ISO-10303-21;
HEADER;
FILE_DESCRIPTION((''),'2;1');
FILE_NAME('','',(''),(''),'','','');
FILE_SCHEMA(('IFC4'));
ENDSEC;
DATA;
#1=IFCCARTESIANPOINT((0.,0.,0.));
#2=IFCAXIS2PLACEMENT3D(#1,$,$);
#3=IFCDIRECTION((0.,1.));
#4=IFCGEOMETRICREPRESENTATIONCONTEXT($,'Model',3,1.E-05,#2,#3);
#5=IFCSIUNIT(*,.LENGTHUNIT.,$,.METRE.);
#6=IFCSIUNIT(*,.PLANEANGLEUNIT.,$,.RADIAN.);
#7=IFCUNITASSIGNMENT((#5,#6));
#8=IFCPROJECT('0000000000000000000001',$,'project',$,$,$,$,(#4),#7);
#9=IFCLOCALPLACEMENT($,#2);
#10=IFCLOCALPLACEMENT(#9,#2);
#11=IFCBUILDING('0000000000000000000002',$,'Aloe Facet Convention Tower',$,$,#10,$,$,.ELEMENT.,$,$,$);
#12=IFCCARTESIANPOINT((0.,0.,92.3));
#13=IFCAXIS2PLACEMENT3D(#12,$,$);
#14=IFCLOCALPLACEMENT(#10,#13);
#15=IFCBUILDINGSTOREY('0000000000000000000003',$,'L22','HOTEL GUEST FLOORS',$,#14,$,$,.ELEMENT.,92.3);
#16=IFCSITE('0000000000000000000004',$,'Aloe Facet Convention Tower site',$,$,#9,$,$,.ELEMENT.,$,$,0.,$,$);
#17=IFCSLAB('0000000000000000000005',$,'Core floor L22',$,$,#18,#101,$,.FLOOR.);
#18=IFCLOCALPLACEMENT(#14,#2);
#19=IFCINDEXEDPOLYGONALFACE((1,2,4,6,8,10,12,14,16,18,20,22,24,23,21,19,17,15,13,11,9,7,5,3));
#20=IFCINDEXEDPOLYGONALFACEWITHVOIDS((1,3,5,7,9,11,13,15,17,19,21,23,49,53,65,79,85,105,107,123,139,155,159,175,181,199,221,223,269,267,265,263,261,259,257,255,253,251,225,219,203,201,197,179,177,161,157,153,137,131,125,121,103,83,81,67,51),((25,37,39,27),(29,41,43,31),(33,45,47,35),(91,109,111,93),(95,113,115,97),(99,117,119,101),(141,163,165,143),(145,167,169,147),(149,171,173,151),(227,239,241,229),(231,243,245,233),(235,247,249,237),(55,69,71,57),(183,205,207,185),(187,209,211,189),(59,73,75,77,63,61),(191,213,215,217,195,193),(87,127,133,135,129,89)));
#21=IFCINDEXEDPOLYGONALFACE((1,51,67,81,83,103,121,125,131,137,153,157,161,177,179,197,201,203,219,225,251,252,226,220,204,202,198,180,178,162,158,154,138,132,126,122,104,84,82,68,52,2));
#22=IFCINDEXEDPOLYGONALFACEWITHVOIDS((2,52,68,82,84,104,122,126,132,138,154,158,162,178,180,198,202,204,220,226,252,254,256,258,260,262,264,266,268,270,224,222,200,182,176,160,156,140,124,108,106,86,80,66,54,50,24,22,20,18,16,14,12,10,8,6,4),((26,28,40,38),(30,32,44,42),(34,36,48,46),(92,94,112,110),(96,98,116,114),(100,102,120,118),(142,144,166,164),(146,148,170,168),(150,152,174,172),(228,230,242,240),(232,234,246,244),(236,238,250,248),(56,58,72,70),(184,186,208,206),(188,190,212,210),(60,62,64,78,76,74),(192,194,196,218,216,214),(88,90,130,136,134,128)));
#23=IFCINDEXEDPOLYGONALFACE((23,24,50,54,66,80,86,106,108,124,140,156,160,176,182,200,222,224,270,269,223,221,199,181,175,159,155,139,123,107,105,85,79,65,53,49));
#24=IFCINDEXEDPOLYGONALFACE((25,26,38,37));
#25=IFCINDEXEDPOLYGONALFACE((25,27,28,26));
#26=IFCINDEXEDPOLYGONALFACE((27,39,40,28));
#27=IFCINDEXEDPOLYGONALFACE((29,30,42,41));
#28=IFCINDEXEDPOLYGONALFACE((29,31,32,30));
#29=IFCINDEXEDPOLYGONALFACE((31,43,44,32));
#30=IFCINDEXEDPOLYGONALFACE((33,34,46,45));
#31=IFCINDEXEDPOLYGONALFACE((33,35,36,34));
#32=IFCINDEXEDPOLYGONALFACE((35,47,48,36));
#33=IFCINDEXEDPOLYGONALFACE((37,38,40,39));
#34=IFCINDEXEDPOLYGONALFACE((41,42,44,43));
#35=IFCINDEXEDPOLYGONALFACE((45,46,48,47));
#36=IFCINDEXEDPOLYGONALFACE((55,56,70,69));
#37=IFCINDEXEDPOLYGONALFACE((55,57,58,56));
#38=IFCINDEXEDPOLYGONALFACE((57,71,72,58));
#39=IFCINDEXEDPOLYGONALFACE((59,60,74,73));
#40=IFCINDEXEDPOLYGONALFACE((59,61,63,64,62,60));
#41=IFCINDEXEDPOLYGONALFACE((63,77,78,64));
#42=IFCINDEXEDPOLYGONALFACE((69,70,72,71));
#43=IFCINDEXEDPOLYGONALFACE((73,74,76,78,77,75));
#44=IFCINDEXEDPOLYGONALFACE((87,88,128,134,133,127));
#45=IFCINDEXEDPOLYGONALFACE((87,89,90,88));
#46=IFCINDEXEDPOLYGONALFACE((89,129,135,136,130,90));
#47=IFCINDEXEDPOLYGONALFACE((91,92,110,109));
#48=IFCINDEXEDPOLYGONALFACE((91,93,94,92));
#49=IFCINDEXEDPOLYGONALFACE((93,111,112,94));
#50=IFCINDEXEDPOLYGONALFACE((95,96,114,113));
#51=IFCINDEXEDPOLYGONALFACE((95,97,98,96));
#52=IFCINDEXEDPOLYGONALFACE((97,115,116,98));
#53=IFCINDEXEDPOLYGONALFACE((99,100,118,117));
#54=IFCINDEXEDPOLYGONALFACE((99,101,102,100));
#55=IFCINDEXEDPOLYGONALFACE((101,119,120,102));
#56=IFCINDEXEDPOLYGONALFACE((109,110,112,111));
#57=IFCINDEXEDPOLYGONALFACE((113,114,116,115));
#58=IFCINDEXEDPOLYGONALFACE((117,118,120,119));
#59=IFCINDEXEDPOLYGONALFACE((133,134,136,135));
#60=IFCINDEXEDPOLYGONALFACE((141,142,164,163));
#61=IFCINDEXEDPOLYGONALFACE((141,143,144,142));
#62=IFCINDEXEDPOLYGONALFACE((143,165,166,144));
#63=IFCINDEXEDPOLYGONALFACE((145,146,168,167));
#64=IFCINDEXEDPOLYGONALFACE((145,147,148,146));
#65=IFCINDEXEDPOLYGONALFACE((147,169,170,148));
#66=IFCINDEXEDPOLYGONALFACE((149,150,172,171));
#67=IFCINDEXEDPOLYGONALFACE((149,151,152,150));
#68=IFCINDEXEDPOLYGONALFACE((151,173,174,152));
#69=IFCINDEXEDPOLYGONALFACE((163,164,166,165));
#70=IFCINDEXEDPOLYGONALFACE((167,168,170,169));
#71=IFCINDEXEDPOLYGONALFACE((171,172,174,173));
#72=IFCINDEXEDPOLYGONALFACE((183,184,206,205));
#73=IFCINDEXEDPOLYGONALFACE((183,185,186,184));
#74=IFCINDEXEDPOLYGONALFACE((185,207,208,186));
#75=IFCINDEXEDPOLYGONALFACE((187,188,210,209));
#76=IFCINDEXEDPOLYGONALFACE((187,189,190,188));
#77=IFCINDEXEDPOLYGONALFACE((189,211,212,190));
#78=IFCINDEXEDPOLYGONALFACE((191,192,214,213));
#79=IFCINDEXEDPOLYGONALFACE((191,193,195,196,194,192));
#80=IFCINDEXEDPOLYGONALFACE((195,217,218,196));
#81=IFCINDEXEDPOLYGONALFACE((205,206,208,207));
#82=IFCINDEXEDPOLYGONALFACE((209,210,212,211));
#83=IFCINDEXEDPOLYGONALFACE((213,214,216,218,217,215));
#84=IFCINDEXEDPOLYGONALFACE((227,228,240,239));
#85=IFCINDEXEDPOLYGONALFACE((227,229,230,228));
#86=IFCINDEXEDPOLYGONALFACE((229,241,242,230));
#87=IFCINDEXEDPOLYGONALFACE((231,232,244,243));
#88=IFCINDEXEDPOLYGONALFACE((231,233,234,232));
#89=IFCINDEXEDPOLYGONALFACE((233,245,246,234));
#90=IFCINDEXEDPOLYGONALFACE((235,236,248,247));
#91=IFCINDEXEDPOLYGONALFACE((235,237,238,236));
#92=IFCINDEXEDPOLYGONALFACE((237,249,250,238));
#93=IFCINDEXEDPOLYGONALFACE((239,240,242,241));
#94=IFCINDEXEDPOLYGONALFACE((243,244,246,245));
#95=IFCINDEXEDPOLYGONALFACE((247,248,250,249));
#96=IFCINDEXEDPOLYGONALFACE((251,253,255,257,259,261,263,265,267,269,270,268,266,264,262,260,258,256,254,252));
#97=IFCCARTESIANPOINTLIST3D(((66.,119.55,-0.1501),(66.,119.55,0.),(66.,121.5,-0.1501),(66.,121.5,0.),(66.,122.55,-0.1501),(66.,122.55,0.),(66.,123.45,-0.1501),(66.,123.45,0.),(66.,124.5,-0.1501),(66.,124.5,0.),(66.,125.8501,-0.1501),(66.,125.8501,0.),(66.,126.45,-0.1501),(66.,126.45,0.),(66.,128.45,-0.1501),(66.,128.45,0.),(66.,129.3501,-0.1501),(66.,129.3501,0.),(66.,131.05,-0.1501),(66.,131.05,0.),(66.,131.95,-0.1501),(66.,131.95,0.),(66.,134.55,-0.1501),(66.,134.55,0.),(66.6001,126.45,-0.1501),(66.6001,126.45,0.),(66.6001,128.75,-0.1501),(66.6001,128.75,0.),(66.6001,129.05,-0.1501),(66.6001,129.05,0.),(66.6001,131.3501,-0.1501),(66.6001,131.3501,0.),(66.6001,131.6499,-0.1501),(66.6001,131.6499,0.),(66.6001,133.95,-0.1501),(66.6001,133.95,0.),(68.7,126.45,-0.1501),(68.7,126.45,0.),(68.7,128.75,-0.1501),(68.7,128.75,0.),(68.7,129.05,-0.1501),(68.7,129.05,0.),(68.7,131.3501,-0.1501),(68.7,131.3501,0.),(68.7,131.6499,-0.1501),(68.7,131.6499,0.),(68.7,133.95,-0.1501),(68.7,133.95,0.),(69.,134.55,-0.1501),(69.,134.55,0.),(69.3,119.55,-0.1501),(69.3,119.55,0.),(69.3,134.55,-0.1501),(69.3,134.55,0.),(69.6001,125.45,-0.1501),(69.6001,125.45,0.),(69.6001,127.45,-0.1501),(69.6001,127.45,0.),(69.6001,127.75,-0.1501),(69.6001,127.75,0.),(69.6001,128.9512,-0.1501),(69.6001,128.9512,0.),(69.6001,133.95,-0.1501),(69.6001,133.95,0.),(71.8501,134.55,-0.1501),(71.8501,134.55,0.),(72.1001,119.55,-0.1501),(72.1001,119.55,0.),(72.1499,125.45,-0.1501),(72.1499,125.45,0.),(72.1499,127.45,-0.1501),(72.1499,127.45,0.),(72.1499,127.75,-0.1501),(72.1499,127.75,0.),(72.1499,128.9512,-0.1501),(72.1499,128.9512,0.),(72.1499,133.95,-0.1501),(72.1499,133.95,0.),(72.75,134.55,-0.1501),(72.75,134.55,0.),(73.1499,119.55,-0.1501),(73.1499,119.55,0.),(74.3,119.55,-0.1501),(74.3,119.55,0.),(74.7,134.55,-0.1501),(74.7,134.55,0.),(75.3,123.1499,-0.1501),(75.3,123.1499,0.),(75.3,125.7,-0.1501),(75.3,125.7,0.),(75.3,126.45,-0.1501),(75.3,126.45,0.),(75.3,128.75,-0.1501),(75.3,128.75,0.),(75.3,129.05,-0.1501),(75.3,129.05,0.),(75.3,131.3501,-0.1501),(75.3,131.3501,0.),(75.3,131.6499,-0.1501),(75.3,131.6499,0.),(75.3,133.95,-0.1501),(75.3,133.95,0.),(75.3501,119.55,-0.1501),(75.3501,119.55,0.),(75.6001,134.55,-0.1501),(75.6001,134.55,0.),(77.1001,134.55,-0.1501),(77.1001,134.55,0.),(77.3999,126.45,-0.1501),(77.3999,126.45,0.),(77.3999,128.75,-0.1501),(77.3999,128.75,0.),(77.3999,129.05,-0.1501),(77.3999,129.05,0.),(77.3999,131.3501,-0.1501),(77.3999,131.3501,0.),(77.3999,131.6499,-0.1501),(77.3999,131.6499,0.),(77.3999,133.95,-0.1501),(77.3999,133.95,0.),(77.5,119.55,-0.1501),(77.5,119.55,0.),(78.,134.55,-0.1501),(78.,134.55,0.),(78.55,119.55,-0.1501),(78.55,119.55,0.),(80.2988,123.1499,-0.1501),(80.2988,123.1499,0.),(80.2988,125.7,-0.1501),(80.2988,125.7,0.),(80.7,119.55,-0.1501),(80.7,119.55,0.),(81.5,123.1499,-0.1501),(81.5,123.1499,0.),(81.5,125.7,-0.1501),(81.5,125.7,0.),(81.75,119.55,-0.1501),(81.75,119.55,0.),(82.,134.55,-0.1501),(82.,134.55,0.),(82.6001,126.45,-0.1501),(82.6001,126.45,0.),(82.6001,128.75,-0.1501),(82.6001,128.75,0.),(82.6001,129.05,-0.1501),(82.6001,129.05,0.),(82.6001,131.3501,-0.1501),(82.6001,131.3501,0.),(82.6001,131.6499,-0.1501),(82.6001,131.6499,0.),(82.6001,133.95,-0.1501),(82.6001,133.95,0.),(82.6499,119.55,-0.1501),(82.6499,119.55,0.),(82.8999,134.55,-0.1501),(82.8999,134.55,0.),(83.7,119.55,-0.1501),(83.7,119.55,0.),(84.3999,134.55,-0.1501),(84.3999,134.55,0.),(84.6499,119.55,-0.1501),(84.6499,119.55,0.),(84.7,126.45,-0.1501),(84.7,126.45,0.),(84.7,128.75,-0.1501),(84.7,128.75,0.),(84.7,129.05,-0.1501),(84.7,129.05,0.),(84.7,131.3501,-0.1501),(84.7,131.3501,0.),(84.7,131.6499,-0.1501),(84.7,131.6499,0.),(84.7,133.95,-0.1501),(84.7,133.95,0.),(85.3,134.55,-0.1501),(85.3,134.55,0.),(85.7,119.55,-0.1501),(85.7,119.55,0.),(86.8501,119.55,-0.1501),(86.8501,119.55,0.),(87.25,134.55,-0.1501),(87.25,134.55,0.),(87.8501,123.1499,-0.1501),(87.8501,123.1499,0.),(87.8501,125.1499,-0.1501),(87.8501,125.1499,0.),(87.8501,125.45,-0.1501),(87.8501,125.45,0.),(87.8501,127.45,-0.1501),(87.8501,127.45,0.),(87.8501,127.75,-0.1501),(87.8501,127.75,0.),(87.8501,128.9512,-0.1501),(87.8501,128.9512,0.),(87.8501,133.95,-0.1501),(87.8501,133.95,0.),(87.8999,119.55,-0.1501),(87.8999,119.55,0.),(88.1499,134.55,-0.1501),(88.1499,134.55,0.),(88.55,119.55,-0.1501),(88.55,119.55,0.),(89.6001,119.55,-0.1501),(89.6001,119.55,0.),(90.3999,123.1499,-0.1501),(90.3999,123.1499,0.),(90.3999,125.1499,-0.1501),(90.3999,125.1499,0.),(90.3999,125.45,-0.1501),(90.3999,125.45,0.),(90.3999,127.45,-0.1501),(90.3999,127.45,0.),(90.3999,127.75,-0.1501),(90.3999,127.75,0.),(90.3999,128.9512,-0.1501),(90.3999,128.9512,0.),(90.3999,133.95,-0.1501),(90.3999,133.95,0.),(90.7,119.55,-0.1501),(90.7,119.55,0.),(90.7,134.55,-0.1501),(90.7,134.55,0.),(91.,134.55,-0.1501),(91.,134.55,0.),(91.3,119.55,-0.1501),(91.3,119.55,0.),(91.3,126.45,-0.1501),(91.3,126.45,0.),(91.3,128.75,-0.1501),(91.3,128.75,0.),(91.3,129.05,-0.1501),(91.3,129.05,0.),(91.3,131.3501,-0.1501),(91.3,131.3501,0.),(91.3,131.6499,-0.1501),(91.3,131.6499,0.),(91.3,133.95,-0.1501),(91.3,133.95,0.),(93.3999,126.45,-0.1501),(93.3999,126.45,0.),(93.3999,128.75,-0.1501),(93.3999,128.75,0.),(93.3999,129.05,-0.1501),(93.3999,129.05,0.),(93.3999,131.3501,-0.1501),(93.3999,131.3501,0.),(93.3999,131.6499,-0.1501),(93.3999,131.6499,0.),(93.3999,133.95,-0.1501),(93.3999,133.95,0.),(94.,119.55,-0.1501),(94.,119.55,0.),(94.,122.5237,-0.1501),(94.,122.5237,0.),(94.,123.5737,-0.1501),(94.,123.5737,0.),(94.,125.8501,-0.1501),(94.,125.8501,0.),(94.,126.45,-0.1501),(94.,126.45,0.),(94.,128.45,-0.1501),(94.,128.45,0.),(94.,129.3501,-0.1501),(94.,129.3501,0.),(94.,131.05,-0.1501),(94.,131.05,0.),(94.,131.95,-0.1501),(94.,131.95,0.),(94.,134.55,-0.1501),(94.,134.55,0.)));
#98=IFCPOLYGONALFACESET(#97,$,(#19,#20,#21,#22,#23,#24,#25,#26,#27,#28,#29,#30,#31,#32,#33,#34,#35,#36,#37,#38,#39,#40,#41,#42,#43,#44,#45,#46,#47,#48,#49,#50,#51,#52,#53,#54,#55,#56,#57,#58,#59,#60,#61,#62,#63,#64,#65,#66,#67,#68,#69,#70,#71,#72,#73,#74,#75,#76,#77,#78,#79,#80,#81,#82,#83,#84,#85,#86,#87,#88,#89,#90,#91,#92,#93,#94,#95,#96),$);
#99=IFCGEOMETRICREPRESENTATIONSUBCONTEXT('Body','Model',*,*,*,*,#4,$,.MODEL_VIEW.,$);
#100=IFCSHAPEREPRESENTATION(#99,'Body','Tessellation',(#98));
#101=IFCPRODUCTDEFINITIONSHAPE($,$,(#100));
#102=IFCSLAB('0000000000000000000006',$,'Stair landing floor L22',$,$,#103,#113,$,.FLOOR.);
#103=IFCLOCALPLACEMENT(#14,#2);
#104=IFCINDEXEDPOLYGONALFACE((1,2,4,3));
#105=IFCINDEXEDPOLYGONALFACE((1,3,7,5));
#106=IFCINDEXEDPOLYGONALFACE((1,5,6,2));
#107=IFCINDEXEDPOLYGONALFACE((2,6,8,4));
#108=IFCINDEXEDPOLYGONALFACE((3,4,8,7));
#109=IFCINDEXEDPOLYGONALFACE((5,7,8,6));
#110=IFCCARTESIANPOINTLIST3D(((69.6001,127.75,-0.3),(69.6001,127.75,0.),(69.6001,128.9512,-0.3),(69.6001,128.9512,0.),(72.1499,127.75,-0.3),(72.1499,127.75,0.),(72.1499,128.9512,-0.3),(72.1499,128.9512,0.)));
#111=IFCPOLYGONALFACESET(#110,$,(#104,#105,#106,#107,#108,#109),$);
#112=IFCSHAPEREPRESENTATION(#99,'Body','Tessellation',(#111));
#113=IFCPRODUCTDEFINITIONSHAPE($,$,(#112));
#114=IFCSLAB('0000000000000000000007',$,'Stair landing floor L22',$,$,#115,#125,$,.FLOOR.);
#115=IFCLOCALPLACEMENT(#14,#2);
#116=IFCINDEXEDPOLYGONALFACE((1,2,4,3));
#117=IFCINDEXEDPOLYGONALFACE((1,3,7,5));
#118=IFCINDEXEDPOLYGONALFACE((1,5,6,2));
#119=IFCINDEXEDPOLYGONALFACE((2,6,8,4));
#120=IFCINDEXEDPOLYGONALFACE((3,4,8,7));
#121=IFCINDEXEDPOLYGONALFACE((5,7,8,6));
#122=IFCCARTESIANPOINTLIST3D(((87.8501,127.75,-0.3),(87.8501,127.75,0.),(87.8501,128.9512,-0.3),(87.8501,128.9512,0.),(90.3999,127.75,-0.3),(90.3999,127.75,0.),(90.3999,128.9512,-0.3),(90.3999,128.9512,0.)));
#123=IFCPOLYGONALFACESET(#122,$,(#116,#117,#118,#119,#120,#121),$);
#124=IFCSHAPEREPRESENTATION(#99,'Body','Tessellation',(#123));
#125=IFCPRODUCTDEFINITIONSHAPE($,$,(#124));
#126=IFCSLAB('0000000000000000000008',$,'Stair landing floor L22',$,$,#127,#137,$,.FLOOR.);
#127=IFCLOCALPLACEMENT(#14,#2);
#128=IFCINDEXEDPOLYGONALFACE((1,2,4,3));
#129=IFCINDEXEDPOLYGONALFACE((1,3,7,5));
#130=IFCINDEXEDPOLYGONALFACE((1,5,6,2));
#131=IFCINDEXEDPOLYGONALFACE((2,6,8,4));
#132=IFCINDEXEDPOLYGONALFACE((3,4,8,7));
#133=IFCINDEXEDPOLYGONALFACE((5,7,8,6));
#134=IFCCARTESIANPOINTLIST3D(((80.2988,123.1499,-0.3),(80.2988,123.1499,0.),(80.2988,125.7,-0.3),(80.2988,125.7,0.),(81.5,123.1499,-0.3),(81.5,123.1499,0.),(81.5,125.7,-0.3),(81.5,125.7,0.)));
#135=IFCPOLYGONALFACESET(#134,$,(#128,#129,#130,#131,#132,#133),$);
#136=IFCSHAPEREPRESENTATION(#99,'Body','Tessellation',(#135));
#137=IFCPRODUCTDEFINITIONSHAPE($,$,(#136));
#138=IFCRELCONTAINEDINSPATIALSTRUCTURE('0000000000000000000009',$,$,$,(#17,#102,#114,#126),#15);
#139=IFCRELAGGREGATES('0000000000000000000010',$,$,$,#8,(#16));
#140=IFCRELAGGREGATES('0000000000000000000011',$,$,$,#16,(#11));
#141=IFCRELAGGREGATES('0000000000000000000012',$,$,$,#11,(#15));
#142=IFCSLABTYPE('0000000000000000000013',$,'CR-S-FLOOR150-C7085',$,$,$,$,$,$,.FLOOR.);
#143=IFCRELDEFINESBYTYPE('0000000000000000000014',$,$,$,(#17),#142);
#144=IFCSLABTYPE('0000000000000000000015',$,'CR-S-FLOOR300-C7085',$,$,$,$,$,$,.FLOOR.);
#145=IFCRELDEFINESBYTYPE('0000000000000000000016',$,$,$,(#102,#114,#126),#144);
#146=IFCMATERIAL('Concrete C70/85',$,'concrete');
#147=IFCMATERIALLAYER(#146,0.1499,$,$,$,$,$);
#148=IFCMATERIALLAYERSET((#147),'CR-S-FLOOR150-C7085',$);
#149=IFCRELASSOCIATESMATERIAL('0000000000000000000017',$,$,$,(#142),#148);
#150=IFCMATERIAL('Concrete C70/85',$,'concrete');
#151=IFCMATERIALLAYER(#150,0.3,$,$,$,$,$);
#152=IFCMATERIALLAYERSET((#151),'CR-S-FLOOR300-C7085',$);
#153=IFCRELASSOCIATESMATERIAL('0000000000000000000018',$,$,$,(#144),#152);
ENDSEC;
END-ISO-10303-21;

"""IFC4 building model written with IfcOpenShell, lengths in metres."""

from ifc_helpers import new_model, si_unit, direction, frame, origin, place, context, subcontext, project, spatial, polyline, outline, extrude, material, layer, layer_set, type_object, element, save


model = new_model("IFC4")

# Units and contexts
model_context = context("Model", 3, precision=1e-05, world=origin(), true_north=direction((0.0, 1.0)))
body_context = subcontext(model_context, "Body", "Model", "MODEL_VIEW")
ifc_project = project(units=[si_unit("LENGTHUNIT", "METRE"), si_unit("PLANEANGLEUNIT", "RADIAN")], contexts=[model_context])

# Site, building, storey
site_placement = place(None, origin())
site = spatial("IfcSite", under=ifc_project, at=site_placement, Name="Aloe Facet Convention Tower site", CompositionType="ELEMENT", RefElevation=0.0)
building_placement = place(site_placement, origin())
building = spatial("IfcBuilding", under=site, at=building_placement, Name="Aloe Facet Convention Tower", CompositionType="ELEMENT")
storey_placement = place(building_placement, frame((0.0, 0.0, 92.3)))
storey = spatial("IfcBuildingStorey", under=building, at=storey_placement, Name="L22", Description="HOTEL GUEST FLOORS", CompositionType="ELEMENT", Elevation=92.3)

# Slabs
ifc_material_1 = material(Name="Concrete C70/85", Category="concrete")
ifc_layer_1 = layer(ifc_material_1, 0.1499)
ifc_layer_set_1 = layer_set([ifc_layer_1], Name="CR-S-FLOOR150-C7085")
slab_type_1 = type_object("IfcSlabType", Name="CR-S-FLOOR150-C7085", PredefinedType="FLOOR", material=ifc_layer_set_1)
slab_1_placement = place(storey_placement, frame((0.0, 0.0, -0.1501)))
element("IfcSlab", 1, at=slab_1_placement, inside=storey, type_object=slab_type_1, Name="Core floor L22", PredefinedType="FLOOR", context=body_context, shape_type="SweptSolid", body=[
    extrude(outline(polyline([(69.3, 134.55), (71.8501, 134.55), (72.75, 134.55), (74.7, 134.55), (75.6001, 134.55), (77.1001, 134.55), (78.0, 134.55), (82.0, 134.55), (82.8999, 134.55), (84.3999, 134.55), (85.3, 134.55), (87.25, 134.55), (88.1499, 134.55), (90.7, 134.55), (91.0, 134.55), (94.0, 134.55), (94.0, 131.95), (94.0, 131.05), (94.0, 129.3501), (94.0, 128.45), (94.0, 126.45), (94.0, 125.8501), (94.0, 123.5737), (94.0, 122.5237), (94.0, 119.55), (91.3, 119.55), (90.7, 119.55), (89.6001, 119.55), (88.55, 119.55), (87.8999, 119.55), (86.8501, 119.55), (85.7, 119.55), (84.6499, 119.55), (83.7, 119.55), (82.6499, 119.55), (81.75, 119.55), (80.7, 119.55), (78.55, 119.55), (77.5, 119.55), (75.3501, 119.55), (74.3, 119.55), (73.1499, 119.55), (72.1001, 119.55), (69.3, 119.55), (66.0, 119.55), (66.0, 121.5), (66.0, 122.55), (66.0, 123.45), (66.0, 124.5), (66.0, 125.8501), (66.0, 126.45), (66.0, 128.45), (66.0, 129.3501), (66.0, 131.05), (66.0, 131.95), (66.0, 134.55), (69.0, 134.55), (69.3, 134.55)]), holes=[polyline([(75.3, 123.1499), (80.2988, 123.1499), (81.5, 123.1499), (81.5, 125.7), (80.2988, 125.7), (75.3, 125.7), (75.3, 123.1499)]), polyline([(69.6001, 125.45), (72.1499, 125.45), (72.1499, 127.45), (69.6001, 127.45), (69.6001, 125.45)]), polyline([(66.6001, 126.45), (68.7, 126.45), (68.7, 128.75), (66.6001, 128.75), (66.6001, 126.45)]), polyline([(75.3, 126.45), (77.3999, 126.45), (77.3999, 128.75), (75.3, 128.75), (75.3, 126.45)]), polyline([(66.6001, 129.05), (68.7, 129.05), (68.7, 131.3501), (66.6001, 131.3501), (66.6001, 129.05)]), polyline([(75.3, 129.05), (77.3999, 129.05), (77.3999, 131.3501), (75.3, 131.3501), (75.3, 129.05)]), polyline([(69.6001, 133.95), (69.6001, 128.9512), (69.6001, 127.75), (72.1499, 127.75), (72.1499, 128.9512), (72.1499, 133.95), (69.6001, 133.95)]), polyline([(66.6001, 133.95), (66.6001, 131.6499), (68.7, 131.6499), (68.7, 133.95), (66.6001, 133.95)]), polyline([(75.3, 133.95), (75.3, 131.6499), (77.3999, 131.6499), (77.3999, 133.95), (75.3, 133.95)]), polyline([(87.8501, 123.1499), (90.3999, 123.1499), (90.3999, 125.1499), (87.8501, 125.1499), (87.8501, 123.1499)]), polyline([(87.8501, 125.45), (90.3999, 125.45), (90.3999, 127.45), (87.8501, 127.45), (87.8501, 125.45)]), polyline([(82.6001, 126.45), (84.7, 126.45), (84.7, 128.75), (82.6001, 128.75), (82.6001, 126.45)]), polyline([(91.3, 126.45), (93.3999, 126.45), (93.3999, 128.75), (91.3, 128.75), (91.3, 126.45)]), polyline([(82.6001, 129.05), (84.7, 129.05), (84.7, 131.3501), (82.6001, 131.3501), (82.6001, 129.05)]), polyline([(91.3, 129.05), (93.3999, 129.05), (93.3999, 131.3501), (91.3, 131.3501), (91.3, 129.05)]), polyline([(87.8501, 133.95), (87.8501, 128.9512), (87.8501, 127.75), (90.3999, 127.75), (90.3999, 128.9512), (90.3999, 133.95), (87.8501, 133.95)]), polyline([(82.6001, 133.95), (82.6001, 131.6499), (84.7, 131.6499), (84.7, 133.95), (82.6001, 133.95)]), polyline([(91.3, 133.95), (91.3, 131.6499), (93.3999, 131.6499), (93.3999, 133.95), (91.3, 133.95)])]), origin(), (0.0, 0.0, 1.0), 0.1501),
])
ifc_material_2 = material(Name="Concrete C70/85", Category="concrete")
ifc_layer_2 = layer(ifc_material_2, 0.3)
ifc_layer_set_2 = layer_set([ifc_layer_2], Name="CR-S-FLOOR300-C7085")
slab_type_2 = type_object("IfcSlabType", Name="CR-S-FLOOR300-C7085", PredefinedType="FLOOR", material=ifc_layer_set_2)
slab_2_placement = place(storey_placement, frame((0.0, 0.0, -0.3)))
element("IfcSlab", 2, at=slab_2_placement, inside=storey, type_object=slab_type_2, Name="Stair landing floor L22", PredefinedType="FLOOR", context=body_context, shape_type="SweptSolid", body=[
    extrude(outline(polyline([(72.1499, 127.75), (72.1499, 128.9512), (69.6001, 128.9512), (69.6001, 127.75), (72.1499, 127.75)])), origin(), (0.0, 0.0, 1.0), 0.3),
])
slab_3_placement = place(storey_placement, frame((0.0, 0.0, -0.3)))
element("IfcSlab", 3, at=slab_3_placement, inside=storey, type_object=slab_type_2, Name="Stair landing floor L22", PredefinedType="FLOOR", context=body_context, shape_type="SweptSolid", body=[
    extrude(outline(polyline([(90.3999, 127.75), (90.3999, 128.9512), (87.8501, 128.9512), (87.8501, 127.75), (90.3999, 127.75)])), origin(), (0.0, 0.0, 1.0), 0.3),
])
slab_4_placement = place(storey_placement, frame((0.0, 0.0, -0.3)))
element("IfcSlab", 4, at=slab_4_placement, inside=storey, type_object=slab_type_2, Name="Stair landing floor L22", PredefinedType="FLOOR", context=body_context, shape_type="SweptSolid", body=[
    extrude(outline(polyline([(81.5, 125.7), (80.2988, 125.7), (80.2988, 123.1499), (81.5, 123.1499), (81.5, 125.7)])), origin(), (0.0, 0.0, 1.0), 0.3),
])

save(model, "model.ifc")
